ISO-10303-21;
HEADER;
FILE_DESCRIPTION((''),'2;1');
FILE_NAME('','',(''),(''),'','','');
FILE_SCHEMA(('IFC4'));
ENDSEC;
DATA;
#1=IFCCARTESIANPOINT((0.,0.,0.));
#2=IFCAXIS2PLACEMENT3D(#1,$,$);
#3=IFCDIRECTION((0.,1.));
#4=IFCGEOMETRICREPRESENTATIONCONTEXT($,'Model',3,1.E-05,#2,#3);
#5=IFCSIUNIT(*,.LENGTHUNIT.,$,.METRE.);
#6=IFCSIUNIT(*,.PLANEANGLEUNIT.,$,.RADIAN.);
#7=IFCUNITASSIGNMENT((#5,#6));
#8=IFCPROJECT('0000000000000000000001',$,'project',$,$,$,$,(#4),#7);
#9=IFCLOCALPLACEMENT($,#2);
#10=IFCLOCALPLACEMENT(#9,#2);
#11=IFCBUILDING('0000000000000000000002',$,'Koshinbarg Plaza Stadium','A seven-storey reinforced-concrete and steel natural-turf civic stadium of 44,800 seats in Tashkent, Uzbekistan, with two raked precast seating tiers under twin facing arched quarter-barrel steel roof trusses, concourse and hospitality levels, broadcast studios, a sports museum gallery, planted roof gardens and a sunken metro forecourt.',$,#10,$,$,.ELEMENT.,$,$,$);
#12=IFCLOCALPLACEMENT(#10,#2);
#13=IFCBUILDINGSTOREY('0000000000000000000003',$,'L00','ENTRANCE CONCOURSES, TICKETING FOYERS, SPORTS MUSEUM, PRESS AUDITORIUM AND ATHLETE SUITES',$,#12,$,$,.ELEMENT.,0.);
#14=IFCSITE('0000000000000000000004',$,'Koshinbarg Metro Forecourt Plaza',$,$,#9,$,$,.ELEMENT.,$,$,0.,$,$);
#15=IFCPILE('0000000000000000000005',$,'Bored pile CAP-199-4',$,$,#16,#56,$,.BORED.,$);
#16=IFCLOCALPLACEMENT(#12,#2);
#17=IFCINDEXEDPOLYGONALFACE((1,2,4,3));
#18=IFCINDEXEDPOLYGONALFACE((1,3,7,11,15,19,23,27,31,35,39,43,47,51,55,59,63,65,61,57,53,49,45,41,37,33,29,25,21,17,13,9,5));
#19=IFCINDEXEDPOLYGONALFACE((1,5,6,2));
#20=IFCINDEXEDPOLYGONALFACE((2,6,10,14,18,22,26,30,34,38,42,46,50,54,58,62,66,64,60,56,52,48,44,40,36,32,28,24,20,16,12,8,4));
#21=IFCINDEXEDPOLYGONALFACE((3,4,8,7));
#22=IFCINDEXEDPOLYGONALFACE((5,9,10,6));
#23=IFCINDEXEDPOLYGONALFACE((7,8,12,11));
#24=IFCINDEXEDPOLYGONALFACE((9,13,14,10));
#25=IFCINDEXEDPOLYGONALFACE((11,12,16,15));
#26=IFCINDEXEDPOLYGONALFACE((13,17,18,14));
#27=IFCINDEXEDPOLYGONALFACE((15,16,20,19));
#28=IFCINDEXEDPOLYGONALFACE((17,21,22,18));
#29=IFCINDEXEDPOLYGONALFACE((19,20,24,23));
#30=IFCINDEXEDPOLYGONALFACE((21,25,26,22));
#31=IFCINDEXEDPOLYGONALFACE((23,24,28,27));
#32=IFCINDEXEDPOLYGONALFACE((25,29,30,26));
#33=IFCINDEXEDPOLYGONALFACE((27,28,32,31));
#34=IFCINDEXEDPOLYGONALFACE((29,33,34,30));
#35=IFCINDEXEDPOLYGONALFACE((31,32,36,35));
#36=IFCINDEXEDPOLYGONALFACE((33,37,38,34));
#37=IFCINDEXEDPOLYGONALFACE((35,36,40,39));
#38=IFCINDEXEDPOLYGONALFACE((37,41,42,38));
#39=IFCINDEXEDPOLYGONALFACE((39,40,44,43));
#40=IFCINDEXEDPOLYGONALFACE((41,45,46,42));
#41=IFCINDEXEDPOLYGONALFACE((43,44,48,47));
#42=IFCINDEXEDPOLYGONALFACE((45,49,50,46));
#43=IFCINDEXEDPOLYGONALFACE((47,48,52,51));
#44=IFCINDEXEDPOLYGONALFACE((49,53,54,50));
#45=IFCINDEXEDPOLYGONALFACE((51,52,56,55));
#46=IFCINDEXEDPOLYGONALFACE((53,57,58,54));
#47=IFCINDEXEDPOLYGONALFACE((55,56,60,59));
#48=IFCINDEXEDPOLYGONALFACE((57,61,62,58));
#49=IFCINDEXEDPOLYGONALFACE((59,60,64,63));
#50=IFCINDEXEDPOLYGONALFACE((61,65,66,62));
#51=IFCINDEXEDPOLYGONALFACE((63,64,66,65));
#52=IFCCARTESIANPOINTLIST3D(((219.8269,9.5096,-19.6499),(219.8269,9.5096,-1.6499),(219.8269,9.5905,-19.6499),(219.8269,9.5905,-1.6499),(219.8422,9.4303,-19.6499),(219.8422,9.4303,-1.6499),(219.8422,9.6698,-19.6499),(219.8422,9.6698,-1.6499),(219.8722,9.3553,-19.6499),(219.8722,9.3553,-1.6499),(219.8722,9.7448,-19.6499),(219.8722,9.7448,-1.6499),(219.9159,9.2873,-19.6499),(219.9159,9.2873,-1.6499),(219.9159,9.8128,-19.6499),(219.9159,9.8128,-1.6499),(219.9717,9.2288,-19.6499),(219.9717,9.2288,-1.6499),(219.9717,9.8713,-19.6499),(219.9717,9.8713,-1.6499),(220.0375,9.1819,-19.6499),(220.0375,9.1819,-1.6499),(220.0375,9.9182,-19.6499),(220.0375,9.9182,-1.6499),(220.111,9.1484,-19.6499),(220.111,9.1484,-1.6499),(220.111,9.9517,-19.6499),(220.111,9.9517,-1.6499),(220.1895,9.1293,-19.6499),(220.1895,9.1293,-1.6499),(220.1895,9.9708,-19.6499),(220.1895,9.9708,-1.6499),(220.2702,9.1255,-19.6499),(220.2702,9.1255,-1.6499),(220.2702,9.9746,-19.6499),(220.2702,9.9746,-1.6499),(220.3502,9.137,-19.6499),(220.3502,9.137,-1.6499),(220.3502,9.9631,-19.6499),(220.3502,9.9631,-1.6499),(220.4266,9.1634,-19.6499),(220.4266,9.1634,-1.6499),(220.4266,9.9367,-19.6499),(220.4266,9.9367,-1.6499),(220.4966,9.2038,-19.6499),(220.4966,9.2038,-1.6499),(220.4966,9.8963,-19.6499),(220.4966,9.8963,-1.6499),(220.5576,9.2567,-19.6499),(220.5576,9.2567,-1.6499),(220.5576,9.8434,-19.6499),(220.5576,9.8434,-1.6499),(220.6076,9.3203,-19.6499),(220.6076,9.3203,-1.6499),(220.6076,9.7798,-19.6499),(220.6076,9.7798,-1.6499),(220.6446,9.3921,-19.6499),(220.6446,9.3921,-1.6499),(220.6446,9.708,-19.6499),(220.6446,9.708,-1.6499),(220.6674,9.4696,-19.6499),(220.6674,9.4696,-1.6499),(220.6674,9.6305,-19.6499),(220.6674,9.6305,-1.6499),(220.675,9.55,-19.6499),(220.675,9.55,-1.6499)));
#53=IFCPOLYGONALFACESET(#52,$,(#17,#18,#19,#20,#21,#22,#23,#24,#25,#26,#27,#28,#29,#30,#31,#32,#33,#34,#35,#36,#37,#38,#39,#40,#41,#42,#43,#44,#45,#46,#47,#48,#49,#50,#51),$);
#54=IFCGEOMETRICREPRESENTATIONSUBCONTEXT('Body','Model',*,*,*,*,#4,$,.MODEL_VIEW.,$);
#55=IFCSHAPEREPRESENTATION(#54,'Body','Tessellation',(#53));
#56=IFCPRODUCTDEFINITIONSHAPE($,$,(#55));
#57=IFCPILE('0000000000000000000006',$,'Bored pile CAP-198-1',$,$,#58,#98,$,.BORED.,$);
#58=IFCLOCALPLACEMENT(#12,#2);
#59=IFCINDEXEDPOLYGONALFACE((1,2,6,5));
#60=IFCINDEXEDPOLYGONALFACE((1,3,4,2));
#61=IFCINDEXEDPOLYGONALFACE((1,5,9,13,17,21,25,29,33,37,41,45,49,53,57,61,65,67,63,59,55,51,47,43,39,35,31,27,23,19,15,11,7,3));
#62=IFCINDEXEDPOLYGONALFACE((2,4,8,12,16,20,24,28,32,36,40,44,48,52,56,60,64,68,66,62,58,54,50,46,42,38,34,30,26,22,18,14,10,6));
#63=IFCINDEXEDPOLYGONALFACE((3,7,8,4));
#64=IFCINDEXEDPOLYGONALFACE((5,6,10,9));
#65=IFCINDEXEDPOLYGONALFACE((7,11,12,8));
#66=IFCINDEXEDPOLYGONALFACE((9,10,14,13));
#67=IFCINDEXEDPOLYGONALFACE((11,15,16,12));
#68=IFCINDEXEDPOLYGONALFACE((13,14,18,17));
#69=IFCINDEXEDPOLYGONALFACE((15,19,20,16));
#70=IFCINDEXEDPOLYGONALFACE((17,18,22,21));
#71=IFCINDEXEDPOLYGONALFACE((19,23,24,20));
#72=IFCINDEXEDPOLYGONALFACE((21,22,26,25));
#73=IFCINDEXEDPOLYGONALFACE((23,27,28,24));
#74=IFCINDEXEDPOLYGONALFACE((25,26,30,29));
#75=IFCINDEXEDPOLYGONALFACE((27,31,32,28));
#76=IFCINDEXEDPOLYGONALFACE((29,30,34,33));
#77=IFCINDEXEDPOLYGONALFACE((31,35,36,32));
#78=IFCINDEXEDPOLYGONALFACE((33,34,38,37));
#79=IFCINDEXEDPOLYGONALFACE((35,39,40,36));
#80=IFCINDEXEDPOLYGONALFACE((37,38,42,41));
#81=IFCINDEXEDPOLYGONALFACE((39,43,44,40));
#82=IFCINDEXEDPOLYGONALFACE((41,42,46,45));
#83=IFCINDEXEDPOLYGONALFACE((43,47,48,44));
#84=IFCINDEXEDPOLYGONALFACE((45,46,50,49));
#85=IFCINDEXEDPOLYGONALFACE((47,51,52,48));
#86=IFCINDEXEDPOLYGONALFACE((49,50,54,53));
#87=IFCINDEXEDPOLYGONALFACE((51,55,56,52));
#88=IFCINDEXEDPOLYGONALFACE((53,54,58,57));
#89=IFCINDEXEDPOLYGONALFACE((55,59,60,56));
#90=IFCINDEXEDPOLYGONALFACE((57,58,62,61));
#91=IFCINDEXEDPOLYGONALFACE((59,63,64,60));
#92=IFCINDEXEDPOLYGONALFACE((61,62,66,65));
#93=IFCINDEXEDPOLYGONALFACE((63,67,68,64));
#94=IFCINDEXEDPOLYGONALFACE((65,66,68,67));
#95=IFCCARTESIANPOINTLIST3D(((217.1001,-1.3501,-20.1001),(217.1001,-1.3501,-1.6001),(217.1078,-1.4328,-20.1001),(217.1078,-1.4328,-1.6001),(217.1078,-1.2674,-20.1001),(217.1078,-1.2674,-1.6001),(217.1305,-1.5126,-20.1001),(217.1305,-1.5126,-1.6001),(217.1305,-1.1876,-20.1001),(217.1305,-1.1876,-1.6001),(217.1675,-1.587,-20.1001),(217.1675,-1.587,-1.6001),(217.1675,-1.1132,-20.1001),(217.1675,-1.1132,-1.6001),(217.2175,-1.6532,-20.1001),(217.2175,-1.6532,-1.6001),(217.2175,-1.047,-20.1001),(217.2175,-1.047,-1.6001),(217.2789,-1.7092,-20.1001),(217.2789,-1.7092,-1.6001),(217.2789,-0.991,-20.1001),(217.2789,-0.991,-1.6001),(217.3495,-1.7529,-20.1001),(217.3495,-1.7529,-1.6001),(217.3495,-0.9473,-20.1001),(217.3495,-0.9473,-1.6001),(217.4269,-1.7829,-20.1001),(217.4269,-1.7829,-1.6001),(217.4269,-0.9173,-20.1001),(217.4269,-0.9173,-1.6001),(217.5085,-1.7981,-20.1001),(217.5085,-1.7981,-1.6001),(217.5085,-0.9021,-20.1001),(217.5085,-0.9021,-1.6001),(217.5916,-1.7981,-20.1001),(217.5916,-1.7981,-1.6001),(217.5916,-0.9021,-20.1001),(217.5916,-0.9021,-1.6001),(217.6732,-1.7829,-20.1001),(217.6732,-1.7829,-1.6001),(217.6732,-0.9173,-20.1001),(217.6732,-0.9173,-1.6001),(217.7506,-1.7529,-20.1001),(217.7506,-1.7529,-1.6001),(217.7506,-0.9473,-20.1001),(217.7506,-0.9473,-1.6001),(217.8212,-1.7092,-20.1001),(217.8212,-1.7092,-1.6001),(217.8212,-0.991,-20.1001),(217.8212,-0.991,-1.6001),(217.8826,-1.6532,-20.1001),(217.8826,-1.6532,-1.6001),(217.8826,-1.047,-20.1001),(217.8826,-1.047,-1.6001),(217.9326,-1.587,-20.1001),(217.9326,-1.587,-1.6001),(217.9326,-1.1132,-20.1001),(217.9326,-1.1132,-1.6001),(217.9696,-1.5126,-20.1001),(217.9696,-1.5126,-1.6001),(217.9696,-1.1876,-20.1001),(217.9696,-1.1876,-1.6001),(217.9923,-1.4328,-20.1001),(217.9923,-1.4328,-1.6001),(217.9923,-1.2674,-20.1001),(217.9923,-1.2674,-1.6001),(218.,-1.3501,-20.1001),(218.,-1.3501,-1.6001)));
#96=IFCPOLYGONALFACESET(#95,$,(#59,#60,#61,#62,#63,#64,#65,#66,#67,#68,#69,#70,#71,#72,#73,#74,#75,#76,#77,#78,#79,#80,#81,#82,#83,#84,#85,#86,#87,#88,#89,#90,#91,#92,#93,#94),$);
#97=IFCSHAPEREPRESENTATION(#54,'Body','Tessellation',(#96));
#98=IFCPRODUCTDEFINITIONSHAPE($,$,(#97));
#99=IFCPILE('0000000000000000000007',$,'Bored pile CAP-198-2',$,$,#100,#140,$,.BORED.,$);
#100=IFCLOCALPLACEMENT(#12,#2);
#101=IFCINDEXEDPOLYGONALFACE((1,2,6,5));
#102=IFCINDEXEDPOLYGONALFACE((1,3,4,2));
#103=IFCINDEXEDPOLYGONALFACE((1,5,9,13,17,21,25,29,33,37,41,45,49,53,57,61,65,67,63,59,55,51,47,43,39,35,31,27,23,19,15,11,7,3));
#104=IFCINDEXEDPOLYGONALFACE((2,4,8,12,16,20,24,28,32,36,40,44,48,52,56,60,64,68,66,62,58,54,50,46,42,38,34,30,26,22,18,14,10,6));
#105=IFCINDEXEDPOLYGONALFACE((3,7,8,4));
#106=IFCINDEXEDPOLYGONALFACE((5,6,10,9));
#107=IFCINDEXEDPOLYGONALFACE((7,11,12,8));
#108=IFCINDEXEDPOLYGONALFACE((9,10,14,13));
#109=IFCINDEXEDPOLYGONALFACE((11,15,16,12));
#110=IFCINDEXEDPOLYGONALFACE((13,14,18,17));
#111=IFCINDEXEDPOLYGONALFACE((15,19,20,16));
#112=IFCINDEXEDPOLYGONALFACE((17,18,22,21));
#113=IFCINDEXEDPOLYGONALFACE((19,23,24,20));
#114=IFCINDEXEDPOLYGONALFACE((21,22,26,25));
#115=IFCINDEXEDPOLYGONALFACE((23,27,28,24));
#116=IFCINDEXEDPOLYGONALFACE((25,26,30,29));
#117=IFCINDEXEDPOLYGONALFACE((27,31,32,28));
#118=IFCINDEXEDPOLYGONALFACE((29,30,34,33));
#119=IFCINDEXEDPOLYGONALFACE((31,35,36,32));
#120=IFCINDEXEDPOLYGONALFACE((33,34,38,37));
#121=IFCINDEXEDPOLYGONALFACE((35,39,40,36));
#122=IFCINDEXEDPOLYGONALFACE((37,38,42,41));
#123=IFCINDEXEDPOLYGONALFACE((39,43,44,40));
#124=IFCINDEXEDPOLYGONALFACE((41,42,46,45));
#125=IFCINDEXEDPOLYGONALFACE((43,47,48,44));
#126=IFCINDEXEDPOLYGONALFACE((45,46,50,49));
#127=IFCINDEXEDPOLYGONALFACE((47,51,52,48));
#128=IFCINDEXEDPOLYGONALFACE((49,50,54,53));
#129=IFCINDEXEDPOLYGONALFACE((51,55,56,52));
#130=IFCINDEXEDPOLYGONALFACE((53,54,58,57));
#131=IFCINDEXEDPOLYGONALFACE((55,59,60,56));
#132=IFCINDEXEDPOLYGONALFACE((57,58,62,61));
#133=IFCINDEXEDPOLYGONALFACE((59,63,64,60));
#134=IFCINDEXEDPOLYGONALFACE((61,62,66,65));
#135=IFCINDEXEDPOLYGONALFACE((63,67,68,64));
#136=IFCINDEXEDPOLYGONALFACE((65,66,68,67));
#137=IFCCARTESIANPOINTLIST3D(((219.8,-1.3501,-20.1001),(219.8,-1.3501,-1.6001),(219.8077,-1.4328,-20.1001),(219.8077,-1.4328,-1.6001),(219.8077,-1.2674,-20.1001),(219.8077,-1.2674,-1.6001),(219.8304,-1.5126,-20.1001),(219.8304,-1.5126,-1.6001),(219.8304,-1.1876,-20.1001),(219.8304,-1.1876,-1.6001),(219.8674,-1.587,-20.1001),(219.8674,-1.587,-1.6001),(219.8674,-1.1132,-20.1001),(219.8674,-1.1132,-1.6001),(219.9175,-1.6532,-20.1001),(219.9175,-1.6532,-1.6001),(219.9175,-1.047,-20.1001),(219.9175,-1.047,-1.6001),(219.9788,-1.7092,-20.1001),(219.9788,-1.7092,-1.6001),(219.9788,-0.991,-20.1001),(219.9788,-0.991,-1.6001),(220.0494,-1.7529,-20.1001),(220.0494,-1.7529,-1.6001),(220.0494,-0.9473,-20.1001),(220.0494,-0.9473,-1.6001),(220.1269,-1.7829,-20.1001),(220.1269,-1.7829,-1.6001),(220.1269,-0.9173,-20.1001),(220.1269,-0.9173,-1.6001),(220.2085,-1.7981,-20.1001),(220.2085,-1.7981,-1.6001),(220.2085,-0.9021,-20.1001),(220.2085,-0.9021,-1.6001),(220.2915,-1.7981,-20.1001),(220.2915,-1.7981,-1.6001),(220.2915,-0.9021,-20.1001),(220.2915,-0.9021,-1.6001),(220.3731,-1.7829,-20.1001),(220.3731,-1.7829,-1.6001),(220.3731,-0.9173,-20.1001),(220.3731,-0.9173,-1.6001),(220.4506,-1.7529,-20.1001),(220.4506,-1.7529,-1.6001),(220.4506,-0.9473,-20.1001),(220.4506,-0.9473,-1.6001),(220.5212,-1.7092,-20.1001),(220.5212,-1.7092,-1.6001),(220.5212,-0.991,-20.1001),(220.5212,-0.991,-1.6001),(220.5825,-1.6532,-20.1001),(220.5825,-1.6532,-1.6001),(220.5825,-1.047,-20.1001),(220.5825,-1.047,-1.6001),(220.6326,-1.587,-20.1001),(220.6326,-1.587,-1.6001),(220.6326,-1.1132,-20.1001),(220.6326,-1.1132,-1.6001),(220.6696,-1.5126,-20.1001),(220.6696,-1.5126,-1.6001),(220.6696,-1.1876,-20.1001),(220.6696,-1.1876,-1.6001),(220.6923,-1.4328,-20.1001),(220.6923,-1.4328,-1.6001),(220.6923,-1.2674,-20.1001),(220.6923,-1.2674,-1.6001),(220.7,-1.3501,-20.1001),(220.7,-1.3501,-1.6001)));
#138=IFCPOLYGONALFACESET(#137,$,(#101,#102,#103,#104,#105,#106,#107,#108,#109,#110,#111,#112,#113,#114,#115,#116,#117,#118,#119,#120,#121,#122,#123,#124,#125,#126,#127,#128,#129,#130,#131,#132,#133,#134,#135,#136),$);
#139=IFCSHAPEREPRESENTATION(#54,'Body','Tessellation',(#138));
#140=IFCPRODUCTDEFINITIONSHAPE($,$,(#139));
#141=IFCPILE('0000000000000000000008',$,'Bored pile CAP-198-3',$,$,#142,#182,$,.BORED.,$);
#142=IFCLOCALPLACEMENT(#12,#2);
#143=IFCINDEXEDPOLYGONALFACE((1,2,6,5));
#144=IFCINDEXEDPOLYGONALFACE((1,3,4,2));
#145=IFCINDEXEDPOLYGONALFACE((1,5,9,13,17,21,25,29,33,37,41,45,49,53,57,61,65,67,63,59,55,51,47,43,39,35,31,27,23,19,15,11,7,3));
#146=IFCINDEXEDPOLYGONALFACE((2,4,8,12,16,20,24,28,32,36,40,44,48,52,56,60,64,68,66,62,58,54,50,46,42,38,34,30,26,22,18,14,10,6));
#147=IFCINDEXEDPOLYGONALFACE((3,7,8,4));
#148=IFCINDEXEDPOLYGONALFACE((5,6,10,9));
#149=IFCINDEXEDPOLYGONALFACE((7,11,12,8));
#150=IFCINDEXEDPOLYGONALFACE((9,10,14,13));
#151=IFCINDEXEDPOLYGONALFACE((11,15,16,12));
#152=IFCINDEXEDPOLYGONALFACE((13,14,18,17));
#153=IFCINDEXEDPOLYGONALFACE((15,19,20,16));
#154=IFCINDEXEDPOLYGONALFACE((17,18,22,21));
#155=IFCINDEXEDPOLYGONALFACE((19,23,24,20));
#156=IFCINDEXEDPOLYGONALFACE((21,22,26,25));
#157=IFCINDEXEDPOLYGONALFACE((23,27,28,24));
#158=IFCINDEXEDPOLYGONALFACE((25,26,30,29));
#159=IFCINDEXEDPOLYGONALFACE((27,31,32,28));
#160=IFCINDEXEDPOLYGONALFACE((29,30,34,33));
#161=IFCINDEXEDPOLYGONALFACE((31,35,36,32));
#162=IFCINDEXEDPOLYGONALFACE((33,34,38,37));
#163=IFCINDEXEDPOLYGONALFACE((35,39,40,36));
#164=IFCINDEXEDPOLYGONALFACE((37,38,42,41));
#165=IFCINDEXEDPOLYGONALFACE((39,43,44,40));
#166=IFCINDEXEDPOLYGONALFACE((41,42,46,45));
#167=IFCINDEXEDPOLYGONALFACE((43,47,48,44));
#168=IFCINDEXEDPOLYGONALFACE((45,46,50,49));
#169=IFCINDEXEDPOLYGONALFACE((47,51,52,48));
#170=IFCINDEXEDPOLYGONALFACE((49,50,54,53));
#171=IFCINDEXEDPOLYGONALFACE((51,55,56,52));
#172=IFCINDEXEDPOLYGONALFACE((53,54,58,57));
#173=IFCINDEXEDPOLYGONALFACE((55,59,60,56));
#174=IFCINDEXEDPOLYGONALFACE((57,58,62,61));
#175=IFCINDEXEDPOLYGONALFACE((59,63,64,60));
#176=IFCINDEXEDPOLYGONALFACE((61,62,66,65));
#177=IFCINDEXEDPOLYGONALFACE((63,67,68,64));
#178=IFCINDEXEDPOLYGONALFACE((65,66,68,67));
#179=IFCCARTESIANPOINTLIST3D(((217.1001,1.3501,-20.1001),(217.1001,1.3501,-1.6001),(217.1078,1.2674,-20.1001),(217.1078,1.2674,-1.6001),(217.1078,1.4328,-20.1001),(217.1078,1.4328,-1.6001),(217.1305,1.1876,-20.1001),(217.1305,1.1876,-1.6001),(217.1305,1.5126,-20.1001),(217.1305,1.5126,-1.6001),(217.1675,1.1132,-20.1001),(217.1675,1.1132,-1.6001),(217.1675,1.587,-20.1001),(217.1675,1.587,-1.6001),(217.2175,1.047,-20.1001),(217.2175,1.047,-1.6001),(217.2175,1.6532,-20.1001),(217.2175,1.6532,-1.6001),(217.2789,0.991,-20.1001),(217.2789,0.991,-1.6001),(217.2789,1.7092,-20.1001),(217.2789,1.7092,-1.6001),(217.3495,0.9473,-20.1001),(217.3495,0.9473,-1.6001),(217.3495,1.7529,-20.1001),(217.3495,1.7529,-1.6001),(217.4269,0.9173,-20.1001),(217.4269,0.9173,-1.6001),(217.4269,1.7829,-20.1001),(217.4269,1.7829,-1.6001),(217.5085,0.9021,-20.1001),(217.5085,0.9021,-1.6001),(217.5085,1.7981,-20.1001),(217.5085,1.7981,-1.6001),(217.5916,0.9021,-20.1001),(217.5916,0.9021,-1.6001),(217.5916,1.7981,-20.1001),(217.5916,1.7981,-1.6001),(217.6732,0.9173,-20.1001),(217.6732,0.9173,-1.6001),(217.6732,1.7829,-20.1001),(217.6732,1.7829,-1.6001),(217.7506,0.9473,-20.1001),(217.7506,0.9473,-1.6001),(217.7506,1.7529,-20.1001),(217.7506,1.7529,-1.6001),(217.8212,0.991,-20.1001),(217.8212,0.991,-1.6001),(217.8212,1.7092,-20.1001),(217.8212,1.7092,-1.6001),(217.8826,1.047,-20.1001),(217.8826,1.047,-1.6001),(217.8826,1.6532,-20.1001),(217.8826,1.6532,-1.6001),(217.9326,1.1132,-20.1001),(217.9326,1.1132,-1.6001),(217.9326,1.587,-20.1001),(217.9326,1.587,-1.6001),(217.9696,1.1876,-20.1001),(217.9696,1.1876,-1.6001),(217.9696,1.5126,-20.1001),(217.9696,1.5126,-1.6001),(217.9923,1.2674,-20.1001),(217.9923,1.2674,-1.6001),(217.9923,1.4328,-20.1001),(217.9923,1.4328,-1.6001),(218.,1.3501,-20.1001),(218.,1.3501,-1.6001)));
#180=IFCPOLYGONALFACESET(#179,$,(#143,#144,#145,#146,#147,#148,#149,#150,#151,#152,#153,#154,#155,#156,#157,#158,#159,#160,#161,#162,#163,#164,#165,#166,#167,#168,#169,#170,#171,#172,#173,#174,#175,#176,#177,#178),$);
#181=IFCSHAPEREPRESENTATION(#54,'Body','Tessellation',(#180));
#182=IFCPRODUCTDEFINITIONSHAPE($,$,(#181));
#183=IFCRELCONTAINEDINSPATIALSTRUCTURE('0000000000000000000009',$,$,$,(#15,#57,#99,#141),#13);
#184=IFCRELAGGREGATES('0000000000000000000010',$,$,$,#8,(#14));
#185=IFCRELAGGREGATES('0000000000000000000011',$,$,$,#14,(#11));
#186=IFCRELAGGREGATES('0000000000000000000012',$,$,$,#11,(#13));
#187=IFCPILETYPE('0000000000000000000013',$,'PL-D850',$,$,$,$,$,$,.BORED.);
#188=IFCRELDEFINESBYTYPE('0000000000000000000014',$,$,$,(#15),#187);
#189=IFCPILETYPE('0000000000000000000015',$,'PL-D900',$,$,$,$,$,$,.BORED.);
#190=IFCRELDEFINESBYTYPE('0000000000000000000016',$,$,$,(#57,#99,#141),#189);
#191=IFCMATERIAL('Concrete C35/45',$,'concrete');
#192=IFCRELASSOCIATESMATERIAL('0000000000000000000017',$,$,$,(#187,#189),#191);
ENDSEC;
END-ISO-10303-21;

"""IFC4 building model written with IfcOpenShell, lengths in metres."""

from ifc_helpers import new_model, si_unit, direction, frame, origin, origin_2d, place, context, subcontext, project, spatial, circle, extrude, material, material_profile, profile_set, type_object, element, save


model = new_model("IFC4")

# Units and contexts
model_context = context("Model", 3, precision=1e-05, world=origin(), true_north=direction((0.0, 1.0)))
body_context = subcontext(model_context, "Body", "Model", "MODEL_VIEW")
ifc_project = project(units=[si_unit("LENGTHUNIT", "METRE"), si_unit("PLANEANGLEUNIT", "RADIAN")], contexts=[model_context])

# Site, building, storey
site_placement = place(None, origin())
site = spatial("IfcSite", under=ifc_project, at=site_placement, Name="Koshinbarg Metro Forecourt Plaza", CompositionType="ELEMENT", RefElevation=0.0)
building_placement = place(site_placement, origin())
building = spatial("IfcBuilding", under=site, at=building_placement, Name="Koshinbarg Plaza Stadium", Description="A seven-storey reinforced-concrete and steel natural-turf civic stadium of 44,800 seats in Tashkent, Uzbekistan, with two raked precast seating tiers under twin facing arched quarter-barrel steel roof trusses, concourse and hospitality levels, broadcast studios, a sports museum gallery, planted roof gardens and a sunken metro forecourt.", CompositionType="ELEMENT")
storey_placement = place(building_placement, origin())
storey = spatial("IfcBuildingStorey", under=building, at=storey_placement, Name="L00", Description="ENTRANCE CONCOURSES, TICKETING FOYERS, SPORTS MUSEUM, PRESS AUDITORIUM AND ATHLETE SUITES", CompositionType="ELEMENT", Elevation=0.0)

# Shared definitions
ifc_material_1 = material(Name="Concrete C35/45", Category="concrete")

# Piles
ifc_material_profile_1 = material_profile(ifc_material_1, circle(Radius=0.425, at=origin_2d()), Name="PILE D850")
ifc_profile_set_1 = profile_set([ifc_material_profile_1], Name="Concrete C35/45")
pile_type_1 = type_object("IfcPileType", Name="PL-D850", PredefinedType="BORED", material=ifc_profile_set_1)
for number, where, z_axis, x_axis, name in (
    (1, (220.25, 9.55, -1.6499), (0.0, 0.0, -1.0), (1.0, 0.0, 0.0), "Bored pile CAP-199-4"),
):
    element("IfcPile", number, at=place(storey_placement, frame(where, z_axis=z_axis, x_axis=x_axis)), inside=storey, type_object=pile_type_1, Name=name, PredefinedType="BORED", context=body_context, shape_type="SweptSolid", body=[
        extrude(circle(Radius=0.425, at=origin_2d()), origin(), (0.0, 0.0, 1.0), 18.0),
    ])
ifc_material_profile_2 = material_profile(ifc_material_1, circle(Radius=0.45, at=origin_2d()), Name="PILE D900")
ifc_profile_set_2 = profile_set([ifc_material_profile_2], Name="Concrete C35/45")
pile_type_2 = type_object("IfcPileType", Name="PL-D900", PredefinedType="BORED", material=ifc_profile_set_2)
for number, where, z_axis, x_axis, name in (
    (2, (217.55, -1.3501, -1.6001), (0.0, 0.0, -1.0), (1.0, 0.0, 0.0), "Bored pile CAP-198-1"),
    (3, (220.25, -1.3501, -1.6001), (0.0, 0.0, -1.0), (1.0, 0.0, 0.0), "Bored pile CAP-198-2"),
    (4, (217.55, 1.3501, -1.6001), (0.0, 0.0, -1.0), (1.0, 0.0, 0.0), "Bored pile CAP-198-3"),
):
    element("IfcPile", number, at=place(storey_placement, frame(where, z_axis=z_axis, x_axis=x_axis)), inside=storey, type_object=pile_type_2, Name=name, PredefinedType="BORED", context=body_context, shape_type="SweptSolid", body=[
        extrude(circle(Radius=0.45, at=origin_2d()), origin(), (0.0, 0.0, 1.0), 18.5),
    ])

save(model, "model.ifc")
